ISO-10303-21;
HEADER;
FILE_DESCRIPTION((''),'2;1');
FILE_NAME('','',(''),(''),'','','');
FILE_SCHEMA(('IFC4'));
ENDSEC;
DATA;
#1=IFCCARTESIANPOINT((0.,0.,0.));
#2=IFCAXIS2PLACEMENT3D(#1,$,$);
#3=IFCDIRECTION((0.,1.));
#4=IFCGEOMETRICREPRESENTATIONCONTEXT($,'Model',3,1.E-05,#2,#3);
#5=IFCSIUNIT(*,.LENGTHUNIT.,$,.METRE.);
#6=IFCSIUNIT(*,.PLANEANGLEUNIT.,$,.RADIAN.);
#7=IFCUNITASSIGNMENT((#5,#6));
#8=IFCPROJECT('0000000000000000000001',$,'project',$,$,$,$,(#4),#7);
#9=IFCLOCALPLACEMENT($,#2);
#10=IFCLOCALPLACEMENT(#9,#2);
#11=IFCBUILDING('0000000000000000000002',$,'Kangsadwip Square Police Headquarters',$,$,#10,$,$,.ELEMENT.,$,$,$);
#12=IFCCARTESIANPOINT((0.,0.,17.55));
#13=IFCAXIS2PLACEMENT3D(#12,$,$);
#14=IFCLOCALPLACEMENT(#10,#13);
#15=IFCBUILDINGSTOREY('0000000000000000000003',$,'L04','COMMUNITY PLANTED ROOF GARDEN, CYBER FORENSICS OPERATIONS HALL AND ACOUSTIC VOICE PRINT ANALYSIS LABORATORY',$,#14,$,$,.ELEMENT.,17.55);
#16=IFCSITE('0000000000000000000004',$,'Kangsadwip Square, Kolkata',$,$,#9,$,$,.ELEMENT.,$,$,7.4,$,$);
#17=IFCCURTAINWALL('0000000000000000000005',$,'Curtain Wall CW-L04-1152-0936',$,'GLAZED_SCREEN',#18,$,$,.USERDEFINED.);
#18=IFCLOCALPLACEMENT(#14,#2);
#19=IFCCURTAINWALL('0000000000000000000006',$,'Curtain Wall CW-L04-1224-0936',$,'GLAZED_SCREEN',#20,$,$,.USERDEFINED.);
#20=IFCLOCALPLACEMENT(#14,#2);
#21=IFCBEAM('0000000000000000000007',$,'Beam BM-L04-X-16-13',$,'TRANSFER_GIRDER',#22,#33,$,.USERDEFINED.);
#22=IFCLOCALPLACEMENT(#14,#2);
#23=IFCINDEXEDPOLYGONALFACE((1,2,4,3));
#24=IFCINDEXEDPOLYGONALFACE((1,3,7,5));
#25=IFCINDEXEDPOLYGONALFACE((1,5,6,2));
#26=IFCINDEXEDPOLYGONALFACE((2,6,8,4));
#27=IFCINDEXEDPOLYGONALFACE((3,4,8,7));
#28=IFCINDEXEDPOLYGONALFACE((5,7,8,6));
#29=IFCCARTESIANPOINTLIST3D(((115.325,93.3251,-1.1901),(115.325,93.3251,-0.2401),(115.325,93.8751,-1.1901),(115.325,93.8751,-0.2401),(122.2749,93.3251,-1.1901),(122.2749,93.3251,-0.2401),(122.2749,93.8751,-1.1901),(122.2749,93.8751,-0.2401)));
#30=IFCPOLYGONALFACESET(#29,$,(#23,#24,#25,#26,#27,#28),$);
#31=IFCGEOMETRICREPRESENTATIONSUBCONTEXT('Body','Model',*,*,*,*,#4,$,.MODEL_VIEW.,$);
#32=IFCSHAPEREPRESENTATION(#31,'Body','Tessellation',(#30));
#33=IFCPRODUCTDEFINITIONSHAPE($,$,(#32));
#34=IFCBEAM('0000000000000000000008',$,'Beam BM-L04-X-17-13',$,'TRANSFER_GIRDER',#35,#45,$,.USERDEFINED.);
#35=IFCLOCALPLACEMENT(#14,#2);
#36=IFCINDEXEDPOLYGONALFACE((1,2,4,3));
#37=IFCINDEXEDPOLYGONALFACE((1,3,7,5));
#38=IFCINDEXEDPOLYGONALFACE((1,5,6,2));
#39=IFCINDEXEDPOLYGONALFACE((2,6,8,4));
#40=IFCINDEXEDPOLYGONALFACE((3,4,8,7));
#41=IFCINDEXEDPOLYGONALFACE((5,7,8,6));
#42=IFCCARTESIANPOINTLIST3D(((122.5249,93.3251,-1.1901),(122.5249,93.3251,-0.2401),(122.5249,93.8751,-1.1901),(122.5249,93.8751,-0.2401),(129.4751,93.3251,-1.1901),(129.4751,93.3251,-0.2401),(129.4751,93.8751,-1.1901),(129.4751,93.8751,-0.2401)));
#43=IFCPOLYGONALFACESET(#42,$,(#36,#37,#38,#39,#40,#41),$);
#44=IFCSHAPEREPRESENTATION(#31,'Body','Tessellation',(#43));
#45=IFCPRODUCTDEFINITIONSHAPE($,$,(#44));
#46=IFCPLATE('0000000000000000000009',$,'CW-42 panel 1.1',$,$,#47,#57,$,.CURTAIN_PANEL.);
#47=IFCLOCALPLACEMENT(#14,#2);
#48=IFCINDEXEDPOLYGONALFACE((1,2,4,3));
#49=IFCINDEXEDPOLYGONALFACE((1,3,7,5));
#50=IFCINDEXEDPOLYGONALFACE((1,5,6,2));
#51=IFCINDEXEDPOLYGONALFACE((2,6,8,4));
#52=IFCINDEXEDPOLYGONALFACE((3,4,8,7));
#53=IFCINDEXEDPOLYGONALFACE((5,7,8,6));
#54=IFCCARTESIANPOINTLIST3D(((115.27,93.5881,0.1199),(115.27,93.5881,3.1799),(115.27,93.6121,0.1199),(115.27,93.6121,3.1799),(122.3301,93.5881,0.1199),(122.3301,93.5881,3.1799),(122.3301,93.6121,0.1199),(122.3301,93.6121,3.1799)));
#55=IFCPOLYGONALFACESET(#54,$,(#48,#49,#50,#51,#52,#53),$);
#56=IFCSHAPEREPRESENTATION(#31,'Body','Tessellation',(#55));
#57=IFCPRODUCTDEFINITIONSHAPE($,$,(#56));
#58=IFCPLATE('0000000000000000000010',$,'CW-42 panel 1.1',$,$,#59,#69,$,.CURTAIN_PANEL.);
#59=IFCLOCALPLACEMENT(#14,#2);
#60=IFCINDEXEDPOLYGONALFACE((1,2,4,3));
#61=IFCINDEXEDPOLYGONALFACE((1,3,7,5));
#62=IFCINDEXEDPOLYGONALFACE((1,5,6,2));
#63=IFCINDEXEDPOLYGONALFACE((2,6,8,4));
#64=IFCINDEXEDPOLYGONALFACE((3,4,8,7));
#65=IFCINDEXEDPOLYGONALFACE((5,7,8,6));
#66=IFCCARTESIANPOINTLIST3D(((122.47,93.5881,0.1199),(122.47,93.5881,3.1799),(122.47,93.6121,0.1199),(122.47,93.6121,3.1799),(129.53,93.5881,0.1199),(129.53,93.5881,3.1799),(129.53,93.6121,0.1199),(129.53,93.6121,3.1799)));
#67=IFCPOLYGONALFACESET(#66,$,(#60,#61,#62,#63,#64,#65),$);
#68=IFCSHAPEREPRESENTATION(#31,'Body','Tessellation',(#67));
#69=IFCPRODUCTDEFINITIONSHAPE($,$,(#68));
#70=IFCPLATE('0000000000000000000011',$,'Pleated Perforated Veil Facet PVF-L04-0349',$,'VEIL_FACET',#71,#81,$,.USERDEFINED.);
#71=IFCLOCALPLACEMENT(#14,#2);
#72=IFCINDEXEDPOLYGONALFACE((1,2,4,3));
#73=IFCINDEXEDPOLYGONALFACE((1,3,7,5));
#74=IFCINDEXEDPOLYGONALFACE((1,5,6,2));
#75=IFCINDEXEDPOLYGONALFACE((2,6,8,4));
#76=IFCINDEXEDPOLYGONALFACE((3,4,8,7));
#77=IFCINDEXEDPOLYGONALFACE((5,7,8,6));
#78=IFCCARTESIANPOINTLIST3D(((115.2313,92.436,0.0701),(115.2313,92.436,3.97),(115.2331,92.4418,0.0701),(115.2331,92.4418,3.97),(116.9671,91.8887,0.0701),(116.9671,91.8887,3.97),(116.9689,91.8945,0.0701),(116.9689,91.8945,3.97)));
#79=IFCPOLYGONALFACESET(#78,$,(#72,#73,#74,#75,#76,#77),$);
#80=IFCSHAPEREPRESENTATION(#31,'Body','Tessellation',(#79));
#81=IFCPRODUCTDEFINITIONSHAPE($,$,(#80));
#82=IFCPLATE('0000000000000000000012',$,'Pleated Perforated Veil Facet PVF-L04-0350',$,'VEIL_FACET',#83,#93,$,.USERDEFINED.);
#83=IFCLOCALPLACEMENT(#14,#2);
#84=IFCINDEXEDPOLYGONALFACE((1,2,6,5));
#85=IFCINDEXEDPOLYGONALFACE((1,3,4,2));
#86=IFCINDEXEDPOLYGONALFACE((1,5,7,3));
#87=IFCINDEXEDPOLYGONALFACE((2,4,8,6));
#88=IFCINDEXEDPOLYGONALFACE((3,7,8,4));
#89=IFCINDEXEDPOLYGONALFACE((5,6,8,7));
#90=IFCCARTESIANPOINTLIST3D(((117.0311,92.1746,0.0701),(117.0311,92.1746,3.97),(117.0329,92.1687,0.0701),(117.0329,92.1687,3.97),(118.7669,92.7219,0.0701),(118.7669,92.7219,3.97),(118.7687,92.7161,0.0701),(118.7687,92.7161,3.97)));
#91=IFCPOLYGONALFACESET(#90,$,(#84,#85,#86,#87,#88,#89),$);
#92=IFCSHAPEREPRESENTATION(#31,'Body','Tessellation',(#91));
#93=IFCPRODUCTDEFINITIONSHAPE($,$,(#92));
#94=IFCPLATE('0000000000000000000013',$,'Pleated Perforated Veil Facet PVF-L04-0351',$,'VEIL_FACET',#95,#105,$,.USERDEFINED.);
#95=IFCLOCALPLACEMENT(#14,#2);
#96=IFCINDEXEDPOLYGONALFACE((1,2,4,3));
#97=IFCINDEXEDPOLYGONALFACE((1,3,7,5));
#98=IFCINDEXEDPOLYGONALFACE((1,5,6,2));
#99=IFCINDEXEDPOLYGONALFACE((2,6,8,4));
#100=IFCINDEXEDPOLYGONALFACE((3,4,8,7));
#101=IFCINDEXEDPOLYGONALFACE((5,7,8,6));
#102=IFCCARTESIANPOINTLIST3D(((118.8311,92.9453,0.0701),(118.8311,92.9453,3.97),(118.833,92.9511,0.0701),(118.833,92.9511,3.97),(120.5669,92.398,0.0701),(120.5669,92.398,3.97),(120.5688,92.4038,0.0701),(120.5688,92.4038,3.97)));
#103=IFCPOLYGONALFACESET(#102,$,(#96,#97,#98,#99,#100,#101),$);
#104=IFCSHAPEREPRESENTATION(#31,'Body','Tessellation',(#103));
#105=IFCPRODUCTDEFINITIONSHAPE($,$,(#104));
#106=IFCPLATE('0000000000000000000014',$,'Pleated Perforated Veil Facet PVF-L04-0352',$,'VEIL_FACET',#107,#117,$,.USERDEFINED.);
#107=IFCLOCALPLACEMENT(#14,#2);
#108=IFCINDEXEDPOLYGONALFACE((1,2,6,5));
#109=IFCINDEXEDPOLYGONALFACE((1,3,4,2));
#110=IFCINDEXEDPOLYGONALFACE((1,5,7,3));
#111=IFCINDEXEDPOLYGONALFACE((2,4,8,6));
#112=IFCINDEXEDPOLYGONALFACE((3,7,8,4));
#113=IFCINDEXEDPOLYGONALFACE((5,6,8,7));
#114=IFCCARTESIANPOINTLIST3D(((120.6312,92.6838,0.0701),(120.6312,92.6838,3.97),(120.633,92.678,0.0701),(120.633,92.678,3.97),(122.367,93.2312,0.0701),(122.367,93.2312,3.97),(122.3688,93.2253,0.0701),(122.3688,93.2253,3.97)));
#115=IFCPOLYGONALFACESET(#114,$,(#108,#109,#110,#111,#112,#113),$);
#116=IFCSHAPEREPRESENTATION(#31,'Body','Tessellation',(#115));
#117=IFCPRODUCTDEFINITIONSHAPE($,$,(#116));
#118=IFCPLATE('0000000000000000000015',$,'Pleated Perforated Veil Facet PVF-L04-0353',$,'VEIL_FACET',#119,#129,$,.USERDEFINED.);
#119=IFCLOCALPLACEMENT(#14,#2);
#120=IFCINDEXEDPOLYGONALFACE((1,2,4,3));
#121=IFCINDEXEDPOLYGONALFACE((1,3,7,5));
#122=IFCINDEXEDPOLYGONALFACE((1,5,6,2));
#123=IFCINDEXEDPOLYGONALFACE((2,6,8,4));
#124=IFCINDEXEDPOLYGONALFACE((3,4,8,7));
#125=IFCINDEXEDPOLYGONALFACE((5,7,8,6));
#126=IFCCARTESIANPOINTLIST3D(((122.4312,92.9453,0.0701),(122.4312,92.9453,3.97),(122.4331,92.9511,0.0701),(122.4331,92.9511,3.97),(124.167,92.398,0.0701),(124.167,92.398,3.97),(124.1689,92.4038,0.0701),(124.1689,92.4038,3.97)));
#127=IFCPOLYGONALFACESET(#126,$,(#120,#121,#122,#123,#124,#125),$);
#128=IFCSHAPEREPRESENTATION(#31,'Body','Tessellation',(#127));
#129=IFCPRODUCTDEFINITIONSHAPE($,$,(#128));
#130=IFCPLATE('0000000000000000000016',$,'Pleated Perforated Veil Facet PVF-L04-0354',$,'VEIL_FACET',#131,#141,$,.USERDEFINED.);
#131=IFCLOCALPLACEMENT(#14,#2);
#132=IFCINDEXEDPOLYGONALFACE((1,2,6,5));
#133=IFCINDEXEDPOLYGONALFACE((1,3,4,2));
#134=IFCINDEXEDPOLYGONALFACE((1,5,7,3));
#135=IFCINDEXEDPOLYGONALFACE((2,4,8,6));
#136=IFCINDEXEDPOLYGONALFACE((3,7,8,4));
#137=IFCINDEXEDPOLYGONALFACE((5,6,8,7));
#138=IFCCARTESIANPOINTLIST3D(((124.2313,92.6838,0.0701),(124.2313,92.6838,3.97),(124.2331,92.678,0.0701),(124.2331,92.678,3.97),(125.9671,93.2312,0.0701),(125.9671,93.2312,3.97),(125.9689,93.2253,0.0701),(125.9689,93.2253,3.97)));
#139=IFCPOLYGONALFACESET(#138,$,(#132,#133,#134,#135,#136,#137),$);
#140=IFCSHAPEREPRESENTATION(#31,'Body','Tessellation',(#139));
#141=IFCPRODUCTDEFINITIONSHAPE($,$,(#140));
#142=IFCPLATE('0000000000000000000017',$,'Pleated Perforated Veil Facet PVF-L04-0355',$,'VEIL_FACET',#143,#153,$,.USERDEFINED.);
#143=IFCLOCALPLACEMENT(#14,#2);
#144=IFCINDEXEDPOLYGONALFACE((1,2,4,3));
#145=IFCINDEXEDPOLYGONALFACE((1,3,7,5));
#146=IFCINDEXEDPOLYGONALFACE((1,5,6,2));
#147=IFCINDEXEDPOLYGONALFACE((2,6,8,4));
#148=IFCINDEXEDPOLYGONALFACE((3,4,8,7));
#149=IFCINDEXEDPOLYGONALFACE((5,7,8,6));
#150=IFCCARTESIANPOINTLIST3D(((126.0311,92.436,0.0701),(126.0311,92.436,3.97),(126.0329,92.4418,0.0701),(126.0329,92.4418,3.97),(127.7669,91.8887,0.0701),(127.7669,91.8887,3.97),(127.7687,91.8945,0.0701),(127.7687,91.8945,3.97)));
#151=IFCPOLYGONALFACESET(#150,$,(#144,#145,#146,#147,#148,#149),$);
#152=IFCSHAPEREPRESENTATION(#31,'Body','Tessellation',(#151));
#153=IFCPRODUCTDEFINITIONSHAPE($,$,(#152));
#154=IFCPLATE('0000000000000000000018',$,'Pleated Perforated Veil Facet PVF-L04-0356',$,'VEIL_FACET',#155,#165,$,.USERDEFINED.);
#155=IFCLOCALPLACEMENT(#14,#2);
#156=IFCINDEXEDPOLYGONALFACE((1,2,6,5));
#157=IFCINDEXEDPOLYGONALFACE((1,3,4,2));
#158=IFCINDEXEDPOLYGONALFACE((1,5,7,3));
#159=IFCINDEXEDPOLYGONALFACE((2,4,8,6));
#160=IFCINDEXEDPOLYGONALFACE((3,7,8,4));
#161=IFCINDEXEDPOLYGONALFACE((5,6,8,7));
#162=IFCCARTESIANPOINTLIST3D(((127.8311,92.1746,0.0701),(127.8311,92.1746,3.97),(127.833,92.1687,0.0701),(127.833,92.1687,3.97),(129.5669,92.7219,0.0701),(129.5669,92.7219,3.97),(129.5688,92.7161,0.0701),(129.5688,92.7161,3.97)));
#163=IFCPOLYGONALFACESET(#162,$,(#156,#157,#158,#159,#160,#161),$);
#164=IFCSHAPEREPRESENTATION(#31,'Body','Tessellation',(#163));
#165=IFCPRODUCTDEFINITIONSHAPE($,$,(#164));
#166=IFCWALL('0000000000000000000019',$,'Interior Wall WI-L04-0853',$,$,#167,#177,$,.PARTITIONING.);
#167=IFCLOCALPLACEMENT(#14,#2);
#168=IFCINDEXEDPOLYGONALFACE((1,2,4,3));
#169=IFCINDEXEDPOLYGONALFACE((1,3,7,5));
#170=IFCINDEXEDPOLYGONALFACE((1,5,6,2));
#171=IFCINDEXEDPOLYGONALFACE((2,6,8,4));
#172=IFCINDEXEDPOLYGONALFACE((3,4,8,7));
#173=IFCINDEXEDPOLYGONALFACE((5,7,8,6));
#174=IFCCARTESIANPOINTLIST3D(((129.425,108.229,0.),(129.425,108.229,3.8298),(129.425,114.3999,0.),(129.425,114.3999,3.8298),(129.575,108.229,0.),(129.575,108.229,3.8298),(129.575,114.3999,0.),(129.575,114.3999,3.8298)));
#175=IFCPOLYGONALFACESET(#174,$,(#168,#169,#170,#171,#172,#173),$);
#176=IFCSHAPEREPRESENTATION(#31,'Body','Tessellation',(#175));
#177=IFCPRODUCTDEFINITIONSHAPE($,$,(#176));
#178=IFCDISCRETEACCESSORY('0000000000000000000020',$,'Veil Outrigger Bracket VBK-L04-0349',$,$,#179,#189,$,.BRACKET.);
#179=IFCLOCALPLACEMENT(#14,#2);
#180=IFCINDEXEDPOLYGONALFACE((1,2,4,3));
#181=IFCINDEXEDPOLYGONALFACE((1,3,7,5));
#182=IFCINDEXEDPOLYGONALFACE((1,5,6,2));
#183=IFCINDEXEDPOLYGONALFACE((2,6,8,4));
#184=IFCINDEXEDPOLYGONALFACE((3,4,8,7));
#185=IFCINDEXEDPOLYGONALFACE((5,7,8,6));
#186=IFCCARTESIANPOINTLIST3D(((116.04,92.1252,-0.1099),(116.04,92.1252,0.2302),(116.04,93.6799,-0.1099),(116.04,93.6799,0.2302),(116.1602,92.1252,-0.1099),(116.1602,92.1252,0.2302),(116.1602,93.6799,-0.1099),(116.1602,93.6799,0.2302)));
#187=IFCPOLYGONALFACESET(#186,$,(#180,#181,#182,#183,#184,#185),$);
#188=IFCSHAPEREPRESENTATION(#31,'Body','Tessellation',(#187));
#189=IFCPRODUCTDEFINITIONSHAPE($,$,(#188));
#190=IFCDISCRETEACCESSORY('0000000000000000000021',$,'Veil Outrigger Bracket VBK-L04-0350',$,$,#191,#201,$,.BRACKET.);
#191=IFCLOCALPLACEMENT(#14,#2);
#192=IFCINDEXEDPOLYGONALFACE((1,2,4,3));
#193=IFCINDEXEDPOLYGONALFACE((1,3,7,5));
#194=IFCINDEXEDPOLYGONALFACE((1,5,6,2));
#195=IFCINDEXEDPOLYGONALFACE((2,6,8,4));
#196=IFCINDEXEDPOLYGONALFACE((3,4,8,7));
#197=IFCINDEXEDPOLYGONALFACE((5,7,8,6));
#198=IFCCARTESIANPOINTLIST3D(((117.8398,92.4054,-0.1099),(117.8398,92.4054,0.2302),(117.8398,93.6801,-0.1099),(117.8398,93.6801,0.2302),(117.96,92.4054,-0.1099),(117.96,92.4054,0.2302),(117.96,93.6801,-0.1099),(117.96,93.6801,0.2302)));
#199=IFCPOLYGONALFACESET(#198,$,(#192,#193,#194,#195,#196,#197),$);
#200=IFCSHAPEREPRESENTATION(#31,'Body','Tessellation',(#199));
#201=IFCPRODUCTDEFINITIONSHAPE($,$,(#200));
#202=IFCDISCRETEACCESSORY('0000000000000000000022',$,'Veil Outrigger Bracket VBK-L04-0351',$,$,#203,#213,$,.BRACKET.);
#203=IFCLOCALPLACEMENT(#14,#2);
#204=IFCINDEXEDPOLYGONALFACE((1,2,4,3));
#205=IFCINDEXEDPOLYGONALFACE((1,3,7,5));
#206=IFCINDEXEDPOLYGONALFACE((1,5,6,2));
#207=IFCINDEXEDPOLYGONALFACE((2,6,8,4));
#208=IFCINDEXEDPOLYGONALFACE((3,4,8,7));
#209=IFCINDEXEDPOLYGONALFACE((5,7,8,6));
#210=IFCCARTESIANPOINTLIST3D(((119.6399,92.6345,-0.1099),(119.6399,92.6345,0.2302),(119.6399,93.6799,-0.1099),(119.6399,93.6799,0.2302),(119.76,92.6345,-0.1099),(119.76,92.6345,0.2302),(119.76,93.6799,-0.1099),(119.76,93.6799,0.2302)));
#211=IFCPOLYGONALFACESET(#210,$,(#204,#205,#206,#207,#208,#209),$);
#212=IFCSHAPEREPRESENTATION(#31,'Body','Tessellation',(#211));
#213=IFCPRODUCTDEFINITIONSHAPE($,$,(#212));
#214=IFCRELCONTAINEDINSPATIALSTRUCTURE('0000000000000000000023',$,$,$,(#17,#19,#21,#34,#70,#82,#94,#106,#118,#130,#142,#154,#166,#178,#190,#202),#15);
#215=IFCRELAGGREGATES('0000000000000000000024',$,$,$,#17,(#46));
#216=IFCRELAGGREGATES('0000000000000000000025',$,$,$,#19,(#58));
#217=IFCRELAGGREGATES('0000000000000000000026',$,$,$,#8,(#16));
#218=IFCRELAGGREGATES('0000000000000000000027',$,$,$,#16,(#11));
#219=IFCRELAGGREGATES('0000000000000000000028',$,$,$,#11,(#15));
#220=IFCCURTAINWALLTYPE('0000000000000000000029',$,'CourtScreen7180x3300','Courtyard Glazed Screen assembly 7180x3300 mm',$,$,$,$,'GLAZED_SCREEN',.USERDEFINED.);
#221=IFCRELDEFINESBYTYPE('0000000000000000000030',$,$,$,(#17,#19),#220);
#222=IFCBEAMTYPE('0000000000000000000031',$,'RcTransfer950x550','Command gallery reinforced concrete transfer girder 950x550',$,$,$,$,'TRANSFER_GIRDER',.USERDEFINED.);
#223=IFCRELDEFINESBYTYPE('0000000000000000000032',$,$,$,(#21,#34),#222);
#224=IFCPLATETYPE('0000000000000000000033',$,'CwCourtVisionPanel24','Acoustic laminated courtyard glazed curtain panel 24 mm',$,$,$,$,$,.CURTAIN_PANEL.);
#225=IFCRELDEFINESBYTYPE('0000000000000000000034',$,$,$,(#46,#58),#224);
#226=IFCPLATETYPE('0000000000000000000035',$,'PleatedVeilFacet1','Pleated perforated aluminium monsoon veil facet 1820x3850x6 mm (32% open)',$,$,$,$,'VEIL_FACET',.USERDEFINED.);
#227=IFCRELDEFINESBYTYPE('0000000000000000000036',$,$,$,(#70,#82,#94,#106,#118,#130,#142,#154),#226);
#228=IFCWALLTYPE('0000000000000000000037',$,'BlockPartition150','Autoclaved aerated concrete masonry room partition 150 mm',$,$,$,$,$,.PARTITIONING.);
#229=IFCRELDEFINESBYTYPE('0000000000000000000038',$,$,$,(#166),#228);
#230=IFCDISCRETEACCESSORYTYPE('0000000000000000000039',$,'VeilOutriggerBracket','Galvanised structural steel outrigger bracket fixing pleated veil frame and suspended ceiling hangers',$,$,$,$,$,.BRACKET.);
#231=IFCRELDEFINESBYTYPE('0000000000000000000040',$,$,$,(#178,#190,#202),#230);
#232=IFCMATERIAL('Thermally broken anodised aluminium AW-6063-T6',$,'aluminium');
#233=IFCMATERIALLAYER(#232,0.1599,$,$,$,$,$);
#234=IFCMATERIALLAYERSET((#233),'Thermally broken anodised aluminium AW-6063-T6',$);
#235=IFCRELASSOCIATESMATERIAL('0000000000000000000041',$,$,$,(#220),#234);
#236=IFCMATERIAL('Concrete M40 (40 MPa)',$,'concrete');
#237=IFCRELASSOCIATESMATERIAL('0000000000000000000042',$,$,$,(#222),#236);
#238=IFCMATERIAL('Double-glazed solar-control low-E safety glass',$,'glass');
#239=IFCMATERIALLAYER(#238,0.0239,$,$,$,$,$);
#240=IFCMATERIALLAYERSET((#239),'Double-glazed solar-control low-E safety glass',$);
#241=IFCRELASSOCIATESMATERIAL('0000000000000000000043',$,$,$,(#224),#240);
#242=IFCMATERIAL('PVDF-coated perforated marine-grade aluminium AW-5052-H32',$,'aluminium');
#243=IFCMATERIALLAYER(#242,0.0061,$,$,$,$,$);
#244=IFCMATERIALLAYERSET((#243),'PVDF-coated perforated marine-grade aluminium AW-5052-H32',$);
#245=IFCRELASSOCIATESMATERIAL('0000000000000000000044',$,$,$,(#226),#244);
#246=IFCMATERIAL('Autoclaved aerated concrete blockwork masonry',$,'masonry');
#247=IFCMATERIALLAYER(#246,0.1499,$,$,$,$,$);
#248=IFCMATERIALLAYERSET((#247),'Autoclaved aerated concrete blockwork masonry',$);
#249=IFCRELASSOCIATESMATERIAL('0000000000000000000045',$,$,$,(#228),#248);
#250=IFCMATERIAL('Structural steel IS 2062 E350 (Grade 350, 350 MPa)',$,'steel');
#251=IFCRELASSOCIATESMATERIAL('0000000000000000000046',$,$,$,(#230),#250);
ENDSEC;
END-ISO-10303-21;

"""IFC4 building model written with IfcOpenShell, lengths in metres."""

from ifc_helpers import new_model, si_unit, direction, frame, frame_2d, origin, origin_2d, place, context, subcontext, project, spatial, rectangle, extrude, material, layer, layer_set, material_profile, profile_set, type_object, element, aggregate, save


model = new_model("IFC4")

# Units and contexts
model_context = context("Model", 3, precision=1e-05, world=origin(), true_north=direction((0.0, 1.0)))
body_context = subcontext(model_context, "Body", "Model", "MODEL_VIEW")
ifc_project = project(units=[si_unit("LENGTHUNIT", "METRE"), si_unit("PLANEANGLEUNIT", "RADIAN")], contexts=[model_context])

# Site, building, storey
site_placement = place(None, origin())
site = spatial("IfcSite", under=ifc_project, at=site_placement, Name="Kangsadwip Square, Kolkata", CompositionType="ELEMENT", RefElevation=7.4)
building_placement = place(site_placement, origin())
building = spatial("IfcBuilding", under=site, at=building_placement, Name="Kangsadwip Square Police Headquarters", CompositionType="ELEMENT")
storey_placement = place(building_placement, frame((0.0, 0.0, 17.55)))
storey = spatial("IfcBuildingStorey", under=building, at=storey_placement, Name="L04", Description="COMMUNITY PLANTED ROOF GARDEN, CYBER FORENSICS OPERATIONS HALL AND ACOUSTIC VOICE PRINT ANALYSIS LABORATORY", CompositionType="ELEMENT", Elevation=17.55)

# Curtain wall
ifc_material_1 = material(Name="Thermally broken anodised aluminium AW-6063-T6", Category="aluminium")
ifc_layer_1 = layer(ifc_material_1, 0.1599)
ifc_layer_set_1 = layer_set([ifc_layer_1], Name="Thermally broken anodised aluminium AW-6063-T6")
curtain_wall_type = type_object("IfcCurtainWallType", Name="CourtScreen7180x3300", Description="Courtyard Glazed Screen assembly 7180x3300 mm", ElementType="GLAZED_SCREEN", PredefinedType="USERDEFINED", material=ifc_layer_set_1)
curtain_wall_1_placement = place(storey_placement, origin())
curtain_wall_1 = element("IfcCurtainWall", 1, at=curtain_wall_1_placement, inside=storey, type_object=curtain_wall_type, Name="Curtain Wall CW-L04-1152-0936", ObjectType="GLAZED_SCREEN", PredefinedType="USERDEFINED")

# Curtain wall
curtain_wall_2_placement = place(storey_placement, origin())
curtain_wall_2 = element("IfcCurtainWall", 2, at=curtain_wall_2_placement, inside=storey, type_object=curtain_wall_type, Name="Curtain Wall CW-L04-1224-0936", ObjectType="GLAZED_SCREEN", PredefinedType="USERDEFINED")

# Beams
ifc_material_2 = material(Name="Concrete M40 (40 MPa)", Category="concrete")
ifc_material_profile_1 = material_profile(ifc_material_2, rectangle(XDim=0.55, YDim=0.95, at=origin_2d()), Name="RC TG 950X550")
ifc_profile_set_1 = profile_set([ifc_material_profile_1], Name="Concrete M40 (40 MPa)")
beam_type = type_object("IfcBeamType", Name="RcTransfer950x550", Description="Command gallery reinforced concrete transfer girder 950x550", ElementType="TRANSFER_GIRDER", PredefinedType="USERDEFINED", material=ifc_profile_set_1)
beam_1_placement = place(storey_placement, frame((115.325, 93.6001, -0.7151), z_axis=(1.0, 0.0, 0.0), x_axis=(0.0, 1.0, 0.0)))
element("IfcBeam", 3, at=beam_1_placement, inside=storey, type_object=beam_type, Name="Beam BM-L04-X-16-13", ObjectType="TRANSFER_GIRDER", PredefinedType="USERDEFINED", context=body_context, shape_type="SweptSolid", body=[
    extrude(rectangle(XDim=0.55, YDim=0.95, at=origin_2d()), origin(), (0.0, 0.0, 1.0), 6.95),
])
beam_2_placement = place(storey_placement, frame((122.5249, 93.6001, -0.7151), z_axis=(1.0, 0.0, 0.0), x_axis=(0.0, 1.0, 0.0)))
element("IfcBeam", 4, at=beam_2_placement, inside=storey, type_object=beam_type, Name="Beam BM-L04-X-17-13", ObjectType="TRANSFER_GIRDER", PredefinedType="USERDEFINED", context=body_context, shape_type="SweptSolid", body=[
    extrude(rectangle(XDim=0.55, YDim=0.95, at=origin_2d()), origin(), (0.0, 0.0, 1.0), 6.9502),
])

# Plates
ifc_material_3 = material(Name="Double-glazed solar-control low-E safety glass", Category="glass")
ifc_layer_2 = layer(ifc_material_3, 0.0239)
ifc_layer_set_2 = layer_set([ifc_layer_2], Name="Double-glazed solar-control low-E safety glass")
plate_type_1 = type_object("IfcPlateType", Name="CwCourtVisionPanel24", Description="Acoustic laminated courtyard glazed curtain panel 24 mm", PredefinedType="CURTAIN_PANEL", material=ifc_layer_set_2)
plate_1_placement = place(storey_placement, frame((118.8, 93.6001, 0.1199), z_axis=(0.0, 0.0, 1.0), x_axis=(1.0, 0.0, 0.0)))
plate_1 = element("IfcPlate", 5, at=plate_1_placement, type_object=plate_type_1, Name="CW-42 panel 1.1", PredefinedType="CURTAIN_PANEL", context=body_context, shape_type="SweptSolid", body=[
    extrude(rectangle(XDim=7.0601, YDim=0.0239, at=origin_2d()), origin(), (0.0, 0.0, 1.0), 3.0601),
])
aggregate(curtain_wall_1, [plate_1])
plate_2_placement = place(storey_placement, frame((126.0, 93.6001, 0.1199), z_axis=(0.0, 0.0, 1.0), x_axis=(1.0, 0.0, 0.0)))
plate_2 = element("IfcPlate", 6, at=plate_2_placement, type_object=plate_type_1, Name="CW-42 panel 1.1", PredefinedType="CURTAIN_PANEL", context=body_context, shape_type="SweptSolid", body=[
    extrude(rectangle(XDim=7.0601, YDim=0.0239, at=origin_2d()), origin(), (0.0, 0.0, 1.0), 3.0601),
])
aggregate(curtain_wall_2, [plate_2])

# Plates
ifc_material_4 = material(Name="PVDF-coated perforated marine-grade aluminium AW-5052-H32", Category="aluminium")
ifc_layer_3 = layer(ifc_material_4, 0.0061)
ifc_layer_set_3 = layer_set([ifc_layer_3], Name="PVDF-coated perforated marine-grade aluminium AW-5052-H32")
plate_type_2 = type_object("IfcPlateType", Name="PleatedVeilFacet1", Description="Pleated perforated aluminium monsoon veil facet 1820x3850x6 mm (32% open)", ElementType="VEIL_FACET", PredefinedType="USERDEFINED", material=ifc_layer_set_3)
for number, where, z_axis, x_axis, name in (
    (7, (116.1001, 92.1653, 0.0701), (0.0, 0.0, 1.0), (0.953717, -0.300706, 0.0), "Pleated Perforated Veil Facet PVF-L04-0349"),
    (8, (117.8999, 92.4453, 0.0701), (0.0, 0.0, 1.0), (0.953717, 0.300706, 0.0), "Pleated Perforated Veil Facet PVF-L04-0350"),
    (9, (119.7, 92.6746, 0.0701), (0.0, 0.0, 1.0), (0.953717, -0.300706, 0.0), "Pleated Perforated Veil Facet PVF-L04-0351"),
    (10, (121.5, 92.9546, 0.0701), (0.0, 0.0, 1.0), (0.953717, 0.300706, 0.0), "Pleated Perforated Veil Facet PVF-L04-0352"),
    (11, (123.3, 92.6746, 0.0701), (0.0, 0.0, 1.0), (0.953717, -0.300706, 0.0), "Pleated Perforated Veil Facet PVF-L04-0353"),
    (12, (125.1001, 92.9546, 0.0701), (0.0, 0.0, 1.0), (0.953717, 0.300706, 0.0), "Pleated Perforated Veil Facet PVF-L04-0354"),
    (13, (126.8999, 92.1653, 0.0701), (0.0, 0.0, 1.0), (0.953717, -0.300706, 0.0), "Pleated Perforated Veil Facet PVF-L04-0355"),
    (14, (128.7, 92.4453, 0.0701), (0.0, 0.0, 1.0), (0.953717, 0.300706, 0.0), "Pleated Perforated Veil Facet PVF-L04-0356"),
):
    element("IfcPlate", number, at=place(storey_placement, frame(where, z_axis=z_axis, x_axis=x_axis)), inside=storey, type_object=plate_type_2, Name=name, ObjectType="VEIL_FACET", PredefinedType="USERDEFINED", context=body_context, shape_type="SweptSolid", body=[
        extrude(rectangle(XDim=1.8201, YDim=0.0061, at=origin_2d()), origin(), (0.0, 0.0, 1.0), 3.8999),
    ])

# Wall
ifc_material_5 = material(Name="Autoclaved aerated concrete blockwork masonry", Category="masonry")
ifc_layer_4 = layer(ifc_material_5, 0.1499)
ifc_layer_set_4 = layer_set([ifc_layer_4], Name="Autoclaved aerated concrete blockwork masonry")
wall_type = type_object("IfcWallType", Name="BlockPartition150", Description="Autoclaved aerated concrete masonry room partition 150 mm", PredefinedType="PARTITIONING", material=ifc_layer_set_4)
wall_placement = place(storey_placement, frame((129.5, 108.229, 0.0), z_axis=(0.0, 0.0, 1.0), x_axis=(0.0, 1.0, 0.0)))
element("IfcWall", 15, at=wall_placement, inside=storey, type_object=wall_type, Name="Interior Wall WI-L04-0853", PredefinedType="PARTITIONING", context=body_context, shape_type="SweptSolid", body=[
    extrude(rectangle(XDim=6.1709, YDim=0.1499, at=frame_2d((3.0854, 0.0))), origin(), (0.0, 0.0, 1.0), 3.8298),
])

# Discrete accessories
ifc_material_6 = material(Name="Structural steel IS 2062 E350 (Grade 350, 350 MPa)", Category="steel")
discrete_accessory_type = type_object("IfcDiscreteAccessoryType", Name="VeilOutriggerBracket", Description="Galvanised structural steel outrigger bracket fixing pleated veil frame and suspended ceiling hangers", PredefinedType="BRACKET", material=ifc_material_6)
discrete_accessory_1_placement = place(storey_placement, frame((116.1001, 92.9026, -0.1099), z_axis=(0.0, 0.0, 1.0), x_axis=(1.0, 0.0, 0.0)))
element("IfcDiscreteAccessory", 16, at=discrete_accessory_1_placement, inside=storey, type_object=discrete_accessory_type, Name="Veil Outrigger Bracket VBK-L04-0349", PredefinedType="BRACKET", context=body_context, shape_type="SweptSolid", body=[
    extrude(rectangle(XDim=0.1201, YDim=1.5547, at=origin_2d()), origin(), (0.0, 0.0, 1.0), 0.3401),
])
discrete_accessory_2_placement = place(storey_placement, frame((117.8999, 93.0427, -0.1099), z_axis=(0.0, 0.0, 1.0), x_axis=(1.0, 0.0, 0.0)))
element("IfcDiscreteAccessory", 17, at=discrete_accessory_2_placement, inside=storey, type_object=discrete_accessory_type, Name="Veil Outrigger Bracket VBK-L04-0350", PredefinedType="BRACKET", context=body_context, shape_type="SweptSolid", body=[
    extrude(rectangle(XDim=0.1201, YDim=1.2747, at=origin_2d()), origin(), (0.0, 0.0, 1.0), 0.3401),
])
discrete_accessory_3_placement = place(storey_placement, frame((119.7, 93.1572, -0.1099), z_axis=(0.0, 0.0, 1.0), x_axis=(1.0, 0.0, 0.0)))
element("IfcDiscreteAccessory", 18, at=discrete_accessory_3_placement, inside=storey, type_object=discrete_accessory_type, Name="Veil Outrigger Bracket VBK-L04-0351", PredefinedType="BRACKET", context=body_context, shape_type="SweptSolid", body=[
    extrude(rectangle(XDim=0.1201, YDim=1.0454, at=origin_2d()), origin(), (0.0, 0.0, 1.0), 0.3401),
])

save(model, "model.ifc")
